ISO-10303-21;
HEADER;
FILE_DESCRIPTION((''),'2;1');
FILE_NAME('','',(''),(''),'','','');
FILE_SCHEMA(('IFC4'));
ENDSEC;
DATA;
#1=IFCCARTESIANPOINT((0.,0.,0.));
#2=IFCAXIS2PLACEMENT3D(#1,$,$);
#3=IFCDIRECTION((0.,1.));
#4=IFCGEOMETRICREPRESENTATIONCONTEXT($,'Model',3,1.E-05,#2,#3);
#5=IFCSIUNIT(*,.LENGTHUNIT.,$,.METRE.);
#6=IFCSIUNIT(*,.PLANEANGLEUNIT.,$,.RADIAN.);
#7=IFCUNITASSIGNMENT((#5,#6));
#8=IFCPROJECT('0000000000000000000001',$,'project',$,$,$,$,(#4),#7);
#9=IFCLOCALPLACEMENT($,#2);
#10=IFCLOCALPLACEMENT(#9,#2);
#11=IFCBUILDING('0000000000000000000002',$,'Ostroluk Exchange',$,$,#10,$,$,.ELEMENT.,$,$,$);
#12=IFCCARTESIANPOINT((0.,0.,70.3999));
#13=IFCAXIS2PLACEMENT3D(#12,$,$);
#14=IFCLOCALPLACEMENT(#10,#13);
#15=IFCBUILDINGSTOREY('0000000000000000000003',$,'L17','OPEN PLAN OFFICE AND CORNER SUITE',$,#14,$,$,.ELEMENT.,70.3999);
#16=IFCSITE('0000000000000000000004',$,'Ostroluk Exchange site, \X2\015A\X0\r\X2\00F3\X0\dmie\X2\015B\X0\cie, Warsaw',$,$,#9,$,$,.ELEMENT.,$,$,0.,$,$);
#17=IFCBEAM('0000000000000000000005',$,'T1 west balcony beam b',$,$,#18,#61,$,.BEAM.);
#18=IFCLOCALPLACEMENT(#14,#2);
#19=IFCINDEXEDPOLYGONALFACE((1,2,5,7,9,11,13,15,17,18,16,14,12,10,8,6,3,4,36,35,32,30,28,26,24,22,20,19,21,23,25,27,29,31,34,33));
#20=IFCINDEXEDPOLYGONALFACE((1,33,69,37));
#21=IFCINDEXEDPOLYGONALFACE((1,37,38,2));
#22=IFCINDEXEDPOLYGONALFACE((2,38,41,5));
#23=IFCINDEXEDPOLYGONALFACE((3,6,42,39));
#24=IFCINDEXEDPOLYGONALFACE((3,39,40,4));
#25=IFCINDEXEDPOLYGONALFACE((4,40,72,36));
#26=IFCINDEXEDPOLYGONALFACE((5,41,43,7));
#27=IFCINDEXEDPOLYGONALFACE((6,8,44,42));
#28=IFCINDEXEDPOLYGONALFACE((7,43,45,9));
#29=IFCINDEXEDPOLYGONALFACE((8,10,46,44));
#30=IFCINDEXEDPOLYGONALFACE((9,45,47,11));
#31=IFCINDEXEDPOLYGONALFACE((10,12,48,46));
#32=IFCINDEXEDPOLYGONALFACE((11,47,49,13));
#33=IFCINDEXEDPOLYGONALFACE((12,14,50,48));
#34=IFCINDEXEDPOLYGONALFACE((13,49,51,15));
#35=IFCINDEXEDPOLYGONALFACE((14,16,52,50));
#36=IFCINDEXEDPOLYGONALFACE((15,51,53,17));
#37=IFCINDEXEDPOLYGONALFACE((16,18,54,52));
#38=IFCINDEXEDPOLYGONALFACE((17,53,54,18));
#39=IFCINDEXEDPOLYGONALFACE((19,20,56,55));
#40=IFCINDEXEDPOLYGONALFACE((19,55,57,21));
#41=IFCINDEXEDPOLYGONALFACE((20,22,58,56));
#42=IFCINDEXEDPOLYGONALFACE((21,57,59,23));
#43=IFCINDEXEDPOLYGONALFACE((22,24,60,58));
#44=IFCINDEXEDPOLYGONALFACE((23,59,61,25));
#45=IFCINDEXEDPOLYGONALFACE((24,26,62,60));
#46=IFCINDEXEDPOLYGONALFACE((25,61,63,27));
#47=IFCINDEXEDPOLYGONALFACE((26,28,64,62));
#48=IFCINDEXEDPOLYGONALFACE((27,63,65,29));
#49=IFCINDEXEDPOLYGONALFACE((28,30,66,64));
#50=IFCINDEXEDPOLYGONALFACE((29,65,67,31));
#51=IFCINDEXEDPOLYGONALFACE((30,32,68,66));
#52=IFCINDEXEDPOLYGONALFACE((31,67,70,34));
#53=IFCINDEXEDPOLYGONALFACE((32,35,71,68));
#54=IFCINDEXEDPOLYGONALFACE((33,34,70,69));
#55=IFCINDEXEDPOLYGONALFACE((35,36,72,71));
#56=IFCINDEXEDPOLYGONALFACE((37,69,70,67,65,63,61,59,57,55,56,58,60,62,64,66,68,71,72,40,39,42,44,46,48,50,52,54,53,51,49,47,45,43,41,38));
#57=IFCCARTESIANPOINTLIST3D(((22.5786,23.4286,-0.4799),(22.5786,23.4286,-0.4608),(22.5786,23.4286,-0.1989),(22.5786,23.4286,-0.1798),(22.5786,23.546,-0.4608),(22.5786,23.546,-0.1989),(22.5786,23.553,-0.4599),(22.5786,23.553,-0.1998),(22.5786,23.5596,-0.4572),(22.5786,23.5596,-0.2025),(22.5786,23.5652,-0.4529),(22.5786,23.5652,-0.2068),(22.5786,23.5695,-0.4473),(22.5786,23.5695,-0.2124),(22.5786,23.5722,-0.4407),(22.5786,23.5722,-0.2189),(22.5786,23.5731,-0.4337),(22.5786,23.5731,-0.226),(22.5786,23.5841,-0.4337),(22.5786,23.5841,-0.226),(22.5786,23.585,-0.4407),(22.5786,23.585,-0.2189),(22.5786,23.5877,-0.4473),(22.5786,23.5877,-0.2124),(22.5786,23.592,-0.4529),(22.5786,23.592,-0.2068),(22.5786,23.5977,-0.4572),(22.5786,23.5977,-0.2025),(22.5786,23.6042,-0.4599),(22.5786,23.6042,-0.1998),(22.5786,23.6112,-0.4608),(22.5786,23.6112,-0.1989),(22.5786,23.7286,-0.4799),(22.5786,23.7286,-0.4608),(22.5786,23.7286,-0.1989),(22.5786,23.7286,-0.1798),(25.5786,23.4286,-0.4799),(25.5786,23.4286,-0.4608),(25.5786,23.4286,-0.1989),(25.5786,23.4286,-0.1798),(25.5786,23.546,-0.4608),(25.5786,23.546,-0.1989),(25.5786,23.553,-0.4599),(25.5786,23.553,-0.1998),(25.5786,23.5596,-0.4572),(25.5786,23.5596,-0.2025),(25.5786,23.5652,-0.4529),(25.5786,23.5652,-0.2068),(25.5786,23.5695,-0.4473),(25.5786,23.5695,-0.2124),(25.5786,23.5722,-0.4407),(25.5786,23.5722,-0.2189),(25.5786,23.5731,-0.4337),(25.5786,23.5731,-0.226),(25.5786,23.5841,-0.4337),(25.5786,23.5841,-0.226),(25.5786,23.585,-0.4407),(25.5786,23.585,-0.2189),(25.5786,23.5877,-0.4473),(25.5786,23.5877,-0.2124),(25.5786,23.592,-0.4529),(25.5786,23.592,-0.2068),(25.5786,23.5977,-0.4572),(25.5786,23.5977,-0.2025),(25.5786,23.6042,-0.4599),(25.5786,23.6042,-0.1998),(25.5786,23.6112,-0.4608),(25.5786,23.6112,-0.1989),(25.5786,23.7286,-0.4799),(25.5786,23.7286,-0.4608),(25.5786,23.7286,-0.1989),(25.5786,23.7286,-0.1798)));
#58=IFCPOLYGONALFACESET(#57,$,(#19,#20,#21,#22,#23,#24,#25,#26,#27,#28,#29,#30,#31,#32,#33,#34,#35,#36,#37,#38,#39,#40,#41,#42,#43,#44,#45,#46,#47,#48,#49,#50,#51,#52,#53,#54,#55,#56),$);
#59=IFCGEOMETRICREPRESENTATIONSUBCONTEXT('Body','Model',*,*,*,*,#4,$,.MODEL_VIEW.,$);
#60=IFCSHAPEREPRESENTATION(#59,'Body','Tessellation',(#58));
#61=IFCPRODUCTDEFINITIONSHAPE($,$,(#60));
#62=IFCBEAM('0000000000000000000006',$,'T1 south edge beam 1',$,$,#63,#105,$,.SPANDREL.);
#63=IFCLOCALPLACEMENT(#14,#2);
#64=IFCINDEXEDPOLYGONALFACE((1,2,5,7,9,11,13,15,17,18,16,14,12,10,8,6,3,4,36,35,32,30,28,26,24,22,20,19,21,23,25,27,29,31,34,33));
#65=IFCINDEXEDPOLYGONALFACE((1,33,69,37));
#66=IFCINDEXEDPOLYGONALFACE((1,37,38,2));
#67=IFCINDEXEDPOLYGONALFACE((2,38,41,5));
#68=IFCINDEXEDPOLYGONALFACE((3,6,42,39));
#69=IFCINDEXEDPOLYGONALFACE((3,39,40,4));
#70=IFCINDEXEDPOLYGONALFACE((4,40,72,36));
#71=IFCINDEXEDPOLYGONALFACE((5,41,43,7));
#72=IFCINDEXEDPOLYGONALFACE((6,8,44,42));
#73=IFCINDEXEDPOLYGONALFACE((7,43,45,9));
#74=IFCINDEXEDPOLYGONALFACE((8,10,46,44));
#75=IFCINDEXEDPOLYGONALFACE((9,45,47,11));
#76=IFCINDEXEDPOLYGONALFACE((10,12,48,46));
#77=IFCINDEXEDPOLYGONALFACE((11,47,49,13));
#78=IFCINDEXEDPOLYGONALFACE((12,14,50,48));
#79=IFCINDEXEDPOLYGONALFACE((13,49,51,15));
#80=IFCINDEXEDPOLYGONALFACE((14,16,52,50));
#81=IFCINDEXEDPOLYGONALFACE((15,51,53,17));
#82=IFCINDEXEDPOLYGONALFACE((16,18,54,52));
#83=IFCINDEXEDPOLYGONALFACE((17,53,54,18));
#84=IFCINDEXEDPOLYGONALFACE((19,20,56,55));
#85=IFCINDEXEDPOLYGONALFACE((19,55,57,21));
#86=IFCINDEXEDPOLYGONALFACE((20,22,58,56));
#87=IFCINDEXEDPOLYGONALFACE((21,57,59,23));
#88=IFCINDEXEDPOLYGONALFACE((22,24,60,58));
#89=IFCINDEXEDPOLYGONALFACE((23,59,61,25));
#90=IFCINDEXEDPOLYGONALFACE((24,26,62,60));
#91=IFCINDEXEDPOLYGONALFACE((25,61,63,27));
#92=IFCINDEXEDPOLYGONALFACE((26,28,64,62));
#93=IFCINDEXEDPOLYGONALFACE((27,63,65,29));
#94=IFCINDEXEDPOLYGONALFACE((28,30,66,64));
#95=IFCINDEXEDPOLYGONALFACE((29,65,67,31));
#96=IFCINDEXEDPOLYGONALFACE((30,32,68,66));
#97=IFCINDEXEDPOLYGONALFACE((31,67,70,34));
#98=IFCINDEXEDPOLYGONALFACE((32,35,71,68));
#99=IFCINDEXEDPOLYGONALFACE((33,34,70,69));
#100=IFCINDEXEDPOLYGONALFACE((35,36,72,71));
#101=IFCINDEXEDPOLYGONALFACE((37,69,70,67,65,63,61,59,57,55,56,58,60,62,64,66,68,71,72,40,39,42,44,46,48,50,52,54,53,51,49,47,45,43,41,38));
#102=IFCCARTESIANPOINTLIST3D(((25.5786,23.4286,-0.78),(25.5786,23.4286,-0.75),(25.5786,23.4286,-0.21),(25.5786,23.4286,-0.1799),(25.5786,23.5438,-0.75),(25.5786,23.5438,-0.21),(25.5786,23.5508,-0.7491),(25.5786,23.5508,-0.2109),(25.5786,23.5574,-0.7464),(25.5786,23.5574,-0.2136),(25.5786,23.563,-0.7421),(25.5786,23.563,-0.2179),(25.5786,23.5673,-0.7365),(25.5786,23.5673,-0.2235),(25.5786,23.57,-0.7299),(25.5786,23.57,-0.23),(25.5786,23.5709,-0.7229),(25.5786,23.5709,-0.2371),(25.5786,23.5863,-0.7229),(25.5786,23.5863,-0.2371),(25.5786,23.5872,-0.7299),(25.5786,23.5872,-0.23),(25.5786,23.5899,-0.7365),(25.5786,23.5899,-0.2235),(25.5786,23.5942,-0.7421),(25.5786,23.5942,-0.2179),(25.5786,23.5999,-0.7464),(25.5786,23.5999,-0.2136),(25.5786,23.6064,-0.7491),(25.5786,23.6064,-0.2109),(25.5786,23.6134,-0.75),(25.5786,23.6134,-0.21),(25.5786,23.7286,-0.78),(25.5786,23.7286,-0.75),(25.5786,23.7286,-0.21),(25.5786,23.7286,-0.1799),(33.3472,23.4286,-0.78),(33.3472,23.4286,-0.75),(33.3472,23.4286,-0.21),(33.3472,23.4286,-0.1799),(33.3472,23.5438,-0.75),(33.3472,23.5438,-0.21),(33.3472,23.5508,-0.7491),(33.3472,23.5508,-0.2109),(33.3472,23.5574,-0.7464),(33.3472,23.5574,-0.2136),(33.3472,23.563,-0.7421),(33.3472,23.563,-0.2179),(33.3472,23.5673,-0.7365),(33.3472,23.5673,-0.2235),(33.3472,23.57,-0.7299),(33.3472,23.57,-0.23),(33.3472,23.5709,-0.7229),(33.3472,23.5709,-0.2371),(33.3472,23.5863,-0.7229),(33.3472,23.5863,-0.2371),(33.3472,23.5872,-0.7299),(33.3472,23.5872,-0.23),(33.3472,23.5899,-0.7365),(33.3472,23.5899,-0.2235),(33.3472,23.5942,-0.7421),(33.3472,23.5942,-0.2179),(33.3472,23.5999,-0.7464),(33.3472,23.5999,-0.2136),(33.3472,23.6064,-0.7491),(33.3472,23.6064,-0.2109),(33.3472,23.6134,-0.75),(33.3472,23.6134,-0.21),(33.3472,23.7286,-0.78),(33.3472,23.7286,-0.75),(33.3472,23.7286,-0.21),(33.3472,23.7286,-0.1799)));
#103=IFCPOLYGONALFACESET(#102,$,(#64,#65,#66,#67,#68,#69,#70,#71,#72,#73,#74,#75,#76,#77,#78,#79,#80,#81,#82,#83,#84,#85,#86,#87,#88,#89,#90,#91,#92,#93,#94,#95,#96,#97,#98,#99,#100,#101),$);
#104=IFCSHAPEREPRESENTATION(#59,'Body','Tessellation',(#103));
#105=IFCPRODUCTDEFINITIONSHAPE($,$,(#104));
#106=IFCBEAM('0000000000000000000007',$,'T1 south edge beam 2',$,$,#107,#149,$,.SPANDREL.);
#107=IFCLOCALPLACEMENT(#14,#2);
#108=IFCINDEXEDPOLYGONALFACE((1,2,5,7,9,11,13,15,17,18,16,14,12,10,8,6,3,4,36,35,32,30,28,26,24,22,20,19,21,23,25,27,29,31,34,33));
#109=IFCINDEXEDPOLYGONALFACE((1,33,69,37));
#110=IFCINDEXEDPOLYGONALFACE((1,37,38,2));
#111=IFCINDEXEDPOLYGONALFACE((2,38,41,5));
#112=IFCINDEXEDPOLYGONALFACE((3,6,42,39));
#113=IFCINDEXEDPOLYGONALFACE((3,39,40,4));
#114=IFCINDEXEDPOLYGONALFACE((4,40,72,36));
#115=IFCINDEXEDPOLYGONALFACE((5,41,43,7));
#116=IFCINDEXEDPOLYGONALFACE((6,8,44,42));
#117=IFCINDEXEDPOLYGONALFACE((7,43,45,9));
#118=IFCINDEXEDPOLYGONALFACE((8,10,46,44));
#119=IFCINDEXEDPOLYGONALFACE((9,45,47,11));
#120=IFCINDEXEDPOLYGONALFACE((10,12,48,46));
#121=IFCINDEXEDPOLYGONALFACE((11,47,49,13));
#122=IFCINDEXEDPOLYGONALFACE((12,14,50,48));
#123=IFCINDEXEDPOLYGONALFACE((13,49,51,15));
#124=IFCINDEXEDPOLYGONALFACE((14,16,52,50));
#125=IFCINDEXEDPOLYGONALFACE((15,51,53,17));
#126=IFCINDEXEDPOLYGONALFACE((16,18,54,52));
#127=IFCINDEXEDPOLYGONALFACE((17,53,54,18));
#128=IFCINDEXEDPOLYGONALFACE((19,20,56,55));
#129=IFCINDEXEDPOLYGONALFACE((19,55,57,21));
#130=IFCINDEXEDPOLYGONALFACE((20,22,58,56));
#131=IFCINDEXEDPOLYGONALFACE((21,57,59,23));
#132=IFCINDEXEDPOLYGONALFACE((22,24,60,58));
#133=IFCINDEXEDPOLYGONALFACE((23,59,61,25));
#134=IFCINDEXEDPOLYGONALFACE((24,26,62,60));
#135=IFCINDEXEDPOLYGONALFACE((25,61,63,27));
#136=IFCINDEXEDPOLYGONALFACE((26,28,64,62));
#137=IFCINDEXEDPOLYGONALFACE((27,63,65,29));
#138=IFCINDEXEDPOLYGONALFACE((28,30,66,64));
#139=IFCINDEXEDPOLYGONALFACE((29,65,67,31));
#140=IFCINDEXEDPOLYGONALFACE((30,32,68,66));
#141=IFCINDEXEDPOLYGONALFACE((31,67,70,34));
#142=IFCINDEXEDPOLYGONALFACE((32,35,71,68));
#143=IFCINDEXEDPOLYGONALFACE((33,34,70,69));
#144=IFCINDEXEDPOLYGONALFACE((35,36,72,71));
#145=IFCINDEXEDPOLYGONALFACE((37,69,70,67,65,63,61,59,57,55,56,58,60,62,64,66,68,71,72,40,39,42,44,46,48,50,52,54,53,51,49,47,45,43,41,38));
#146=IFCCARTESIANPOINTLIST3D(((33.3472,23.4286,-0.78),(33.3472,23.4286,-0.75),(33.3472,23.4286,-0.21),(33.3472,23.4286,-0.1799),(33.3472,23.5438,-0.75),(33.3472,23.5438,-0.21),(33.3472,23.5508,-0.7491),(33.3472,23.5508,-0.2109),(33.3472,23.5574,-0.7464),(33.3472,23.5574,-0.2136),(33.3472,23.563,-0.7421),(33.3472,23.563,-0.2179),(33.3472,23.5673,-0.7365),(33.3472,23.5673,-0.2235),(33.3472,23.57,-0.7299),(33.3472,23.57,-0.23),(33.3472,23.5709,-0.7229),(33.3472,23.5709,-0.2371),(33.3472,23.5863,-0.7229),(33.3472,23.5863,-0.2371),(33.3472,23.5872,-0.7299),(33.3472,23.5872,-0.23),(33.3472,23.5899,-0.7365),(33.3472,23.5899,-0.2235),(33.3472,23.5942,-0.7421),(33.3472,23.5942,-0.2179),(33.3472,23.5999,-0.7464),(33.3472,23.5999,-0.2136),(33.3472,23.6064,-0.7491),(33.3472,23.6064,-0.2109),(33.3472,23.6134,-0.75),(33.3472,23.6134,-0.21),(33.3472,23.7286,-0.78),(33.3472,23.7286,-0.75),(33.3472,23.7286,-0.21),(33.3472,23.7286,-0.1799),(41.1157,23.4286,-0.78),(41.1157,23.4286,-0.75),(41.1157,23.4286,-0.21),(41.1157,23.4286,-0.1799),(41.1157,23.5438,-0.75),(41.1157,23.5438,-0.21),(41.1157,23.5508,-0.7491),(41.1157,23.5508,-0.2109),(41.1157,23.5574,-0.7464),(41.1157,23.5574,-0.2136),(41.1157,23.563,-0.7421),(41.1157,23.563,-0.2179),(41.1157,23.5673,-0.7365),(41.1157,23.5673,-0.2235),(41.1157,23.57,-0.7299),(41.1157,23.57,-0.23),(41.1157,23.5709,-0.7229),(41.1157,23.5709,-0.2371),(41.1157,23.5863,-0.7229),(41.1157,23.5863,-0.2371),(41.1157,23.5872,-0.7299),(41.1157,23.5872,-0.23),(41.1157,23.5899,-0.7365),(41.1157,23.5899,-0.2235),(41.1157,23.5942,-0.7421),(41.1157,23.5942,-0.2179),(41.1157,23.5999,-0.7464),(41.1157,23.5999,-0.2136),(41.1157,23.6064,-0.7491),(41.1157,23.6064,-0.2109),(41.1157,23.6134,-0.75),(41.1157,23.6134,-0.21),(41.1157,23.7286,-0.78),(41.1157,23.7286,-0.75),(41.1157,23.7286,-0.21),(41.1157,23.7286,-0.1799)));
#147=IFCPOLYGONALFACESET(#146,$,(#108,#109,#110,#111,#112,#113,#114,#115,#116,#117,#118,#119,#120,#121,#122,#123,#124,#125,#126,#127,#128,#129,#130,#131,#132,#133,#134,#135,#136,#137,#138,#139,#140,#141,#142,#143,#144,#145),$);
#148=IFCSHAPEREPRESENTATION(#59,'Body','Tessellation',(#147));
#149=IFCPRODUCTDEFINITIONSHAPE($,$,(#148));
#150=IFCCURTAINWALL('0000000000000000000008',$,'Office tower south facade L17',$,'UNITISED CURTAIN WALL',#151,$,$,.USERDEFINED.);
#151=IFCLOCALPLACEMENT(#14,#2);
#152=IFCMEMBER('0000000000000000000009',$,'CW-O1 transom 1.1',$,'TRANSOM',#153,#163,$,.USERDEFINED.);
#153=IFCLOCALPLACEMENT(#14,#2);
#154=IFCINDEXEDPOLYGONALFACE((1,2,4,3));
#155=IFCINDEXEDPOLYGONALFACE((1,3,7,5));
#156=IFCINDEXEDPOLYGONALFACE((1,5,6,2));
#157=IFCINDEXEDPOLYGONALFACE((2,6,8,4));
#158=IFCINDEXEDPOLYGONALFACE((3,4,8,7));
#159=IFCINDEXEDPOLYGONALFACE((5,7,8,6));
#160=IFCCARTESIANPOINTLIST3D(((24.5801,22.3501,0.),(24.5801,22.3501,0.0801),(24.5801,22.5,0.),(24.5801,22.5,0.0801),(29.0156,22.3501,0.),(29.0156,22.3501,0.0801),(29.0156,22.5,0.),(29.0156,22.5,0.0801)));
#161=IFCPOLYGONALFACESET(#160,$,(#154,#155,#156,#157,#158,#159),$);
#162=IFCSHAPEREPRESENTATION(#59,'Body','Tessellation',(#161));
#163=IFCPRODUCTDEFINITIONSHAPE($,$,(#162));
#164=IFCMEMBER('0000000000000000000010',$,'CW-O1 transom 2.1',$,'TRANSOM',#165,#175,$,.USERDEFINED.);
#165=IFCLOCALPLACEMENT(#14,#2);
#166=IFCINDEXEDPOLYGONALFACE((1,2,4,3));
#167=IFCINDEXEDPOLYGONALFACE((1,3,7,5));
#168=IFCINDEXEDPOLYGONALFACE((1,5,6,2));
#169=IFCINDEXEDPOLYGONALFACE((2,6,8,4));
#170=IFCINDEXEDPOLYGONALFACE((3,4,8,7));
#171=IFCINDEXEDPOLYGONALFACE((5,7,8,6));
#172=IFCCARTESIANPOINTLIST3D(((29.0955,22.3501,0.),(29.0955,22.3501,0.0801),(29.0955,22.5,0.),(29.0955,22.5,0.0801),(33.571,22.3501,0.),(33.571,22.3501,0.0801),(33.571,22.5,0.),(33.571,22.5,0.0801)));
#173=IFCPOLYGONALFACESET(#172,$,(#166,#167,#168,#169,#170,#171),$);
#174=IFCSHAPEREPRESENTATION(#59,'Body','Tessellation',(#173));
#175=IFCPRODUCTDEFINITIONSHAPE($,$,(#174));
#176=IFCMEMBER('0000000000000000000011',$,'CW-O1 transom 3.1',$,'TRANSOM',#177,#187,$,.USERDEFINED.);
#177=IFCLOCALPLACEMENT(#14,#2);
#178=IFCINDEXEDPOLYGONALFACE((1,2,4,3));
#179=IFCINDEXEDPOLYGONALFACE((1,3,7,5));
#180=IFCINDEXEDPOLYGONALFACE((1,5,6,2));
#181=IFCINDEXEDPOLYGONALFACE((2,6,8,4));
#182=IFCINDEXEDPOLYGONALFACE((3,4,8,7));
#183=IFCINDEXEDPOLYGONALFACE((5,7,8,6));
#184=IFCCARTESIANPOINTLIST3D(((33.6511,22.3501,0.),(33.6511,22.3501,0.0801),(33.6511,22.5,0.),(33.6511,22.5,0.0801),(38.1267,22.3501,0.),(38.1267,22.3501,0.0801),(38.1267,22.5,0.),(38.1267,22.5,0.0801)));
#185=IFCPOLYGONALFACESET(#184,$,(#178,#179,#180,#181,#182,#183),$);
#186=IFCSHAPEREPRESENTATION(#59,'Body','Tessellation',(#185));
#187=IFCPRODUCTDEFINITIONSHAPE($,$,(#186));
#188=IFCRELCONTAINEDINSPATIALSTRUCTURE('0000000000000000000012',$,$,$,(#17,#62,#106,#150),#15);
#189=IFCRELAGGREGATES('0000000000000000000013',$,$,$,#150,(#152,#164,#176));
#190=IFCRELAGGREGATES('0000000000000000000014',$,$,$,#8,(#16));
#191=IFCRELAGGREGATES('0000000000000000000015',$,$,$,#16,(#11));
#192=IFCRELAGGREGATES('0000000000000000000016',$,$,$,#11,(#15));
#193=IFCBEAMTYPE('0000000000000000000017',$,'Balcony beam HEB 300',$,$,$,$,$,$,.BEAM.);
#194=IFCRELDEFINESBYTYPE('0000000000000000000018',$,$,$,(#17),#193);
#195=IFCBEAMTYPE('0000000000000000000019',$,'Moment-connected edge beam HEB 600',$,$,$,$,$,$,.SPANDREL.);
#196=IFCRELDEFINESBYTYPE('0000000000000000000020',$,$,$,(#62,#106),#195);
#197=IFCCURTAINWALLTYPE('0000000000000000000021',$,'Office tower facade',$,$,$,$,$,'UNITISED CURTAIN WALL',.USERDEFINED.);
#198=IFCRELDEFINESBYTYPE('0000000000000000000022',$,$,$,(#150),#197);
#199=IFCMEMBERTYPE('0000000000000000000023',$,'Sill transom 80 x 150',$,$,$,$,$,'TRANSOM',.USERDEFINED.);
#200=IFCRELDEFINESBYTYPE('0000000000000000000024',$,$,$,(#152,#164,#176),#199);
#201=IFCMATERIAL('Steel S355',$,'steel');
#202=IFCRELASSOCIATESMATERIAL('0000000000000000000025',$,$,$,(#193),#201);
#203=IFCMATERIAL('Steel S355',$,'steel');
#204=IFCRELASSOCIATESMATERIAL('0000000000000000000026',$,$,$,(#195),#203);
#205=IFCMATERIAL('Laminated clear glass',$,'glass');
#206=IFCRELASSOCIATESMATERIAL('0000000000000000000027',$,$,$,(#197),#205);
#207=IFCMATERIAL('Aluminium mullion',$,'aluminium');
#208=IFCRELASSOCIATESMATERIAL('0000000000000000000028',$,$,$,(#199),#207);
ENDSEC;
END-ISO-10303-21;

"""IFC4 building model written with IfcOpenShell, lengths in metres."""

from ifc_helpers import new_model, si_unit, direction, frame, origin, origin_2d, place, context, subcontext, project, spatial, rectangle, i_section, extrude, material, material_profile, profile_set, type_object, element, aggregate, save


model = new_model("IFC4")

# Units and contexts
model_context = context("Model", 3, precision=1e-05, world=origin(), true_north=direction((0.0, 1.0)))
body_context = subcontext(model_context, "Body", "Model", "MODEL_VIEW")
ifc_project = project(units=[si_unit("LENGTHUNIT", "METRE"), si_unit("PLANEANGLEUNIT", "RADIAN")], contexts=[model_context])

# Site, building, storey
site_placement = place(None, origin())
site = spatial("IfcSite", under=ifc_project, at=site_placement, Name="Ostroluk Exchange site, Śródmieście, Warsaw", CompositionType="ELEMENT", RefElevation=0.0)
building_placement = place(site_placement, origin())
building = spatial("IfcBuilding", under=site, at=building_placement, Name="Ostroluk Exchange", CompositionType="ELEMENT")
storey_placement = place(building_placement, frame((0.0, 0.0, 70.3999)))
storey = spatial("IfcBuildingStorey", under=building, at=storey_placement, Name="L17", Description="OPEN PLAN OFFICE AND CORNER SUITE", CompositionType="ELEMENT", Elevation=70.3999)

# Beams
ifc_material_1 = material(Name="Steel S355", Category="steel")
ifc_material_profile_1 = material_profile(ifc_material_1, i_section(OverallWidth=0.3, OverallDepth=0.3, WebThickness=0.011, FlangeThickness=0.019, FilletRadius=0.0271, at=origin_2d()), Name="HEB 300")
ifc_profile_set_1 = profile_set([ifc_material_profile_1], Name="Steel S355")
beam_type_1 = type_object("IfcBeamType", Name="Balcony beam HEB 300", PredefinedType="BEAM", material=ifc_profile_set_1)
beam_placement = place(storey_placement, frame((25.5786, 23.5786, -0.3298), z_axis=(-1.0, 0.0, 0.0), x_axis=(0.0, -1.0, 0.0)))
element("IfcBeam", 1, at=beam_placement, inside=storey, type_object=beam_type_1, Name="T1 west balcony beam b", PredefinedType="BEAM", context=body_context, shape_type="SweptSolid", body=[
    extrude(i_section(OverallWidth=0.3, OverallDepth=0.3, WebThickness=0.011, FlangeThickness=0.019, FilletRadius=0.0271, at=origin_2d()), origin(), (0.0, 0.0, 1.0), 3.0),
])
ifc_material_2 = material(Name="Steel S355", Category="steel")
ifc_material_profile_2 = material_profile(ifc_material_2, i_section(OverallWidth=0.3, OverallDepth=0.6001, WebThickness=0.0154, FlangeThickness=0.03, FilletRadius=0.0271, at=origin_2d()), Name="HEB 600")
ifc_profile_set_2 = profile_set([ifc_material_profile_2], Name="Steel S355")
beam_type_2 = type_object("IfcBeamType", Name="Moment-connected edge beam HEB 600", PredefinedType="SPANDREL", material=ifc_profile_set_2)
for number, where, z_axis, x_axis, name in (
    (2, (25.5786, 23.5786, -0.48), (1.0, 0.0, 0.0), (0.0, 1.0, 0.0), "T1 south edge beam 1"),
    (3, (33.3472, 23.5786, -0.48), (1.0, 0.0, 0.0), (0.0, 1.0, 0.0), "T1 south edge beam 2"),
):
    element("IfcBeam", number, at=place(storey_placement, frame(where, z_axis=z_axis, x_axis=x_axis)), inside=storey, type_object=beam_type_2, Name=name, PredefinedType="SPANDREL", context=body_context, shape_type="SweptSolid", body=[
        extrude(i_section(OverallWidth=0.3, OverallDepth=0.6001, WebThickness=0.0154, FlangeThickness=0.03, FilletRadius=0.0271, at=origin_2d()), origin(), (0.0, 0.0, 1.0), 7.7686),
    ])

# Curtain wall, members
ifc_material_3 = material(Name="Laminated clear glass", Category="glass")
curtain_wall_type = type_object("IfcCurtainWallType", Name="Office tower facade", ElementType="UNITISED CURTAIN WALL", PredefinedType="USERDEFINED", material=ifc_material_3)
curtain_wall_placement = place(storey_placement, origin())
curtain_wall = element("IfcCurtainWall", 4, at=curtain_wall_placement, inside=storey, type_object=curtain_wall_type, Name="Office tower south facade L17", ObjectType="UNITISED CURTAIN WALL", PredefinedType="USERDEFINED")
ifc_material_4 = material(Name="Aluminium mullion", Category="aluminium")
ifc_material_profile_3 = material_profile(ifc_material_4, rectangle(XDim=0.1499, YDim=0.0801, at=origin_2d()), Name="Sill transom 80 x 150")
ifc_profile_set_3 = profile_set([ifc_material_profile_3], Name="Aluminium mullion")
member_type_1 = type_object("IfcMemberType", Name="Sill transom 80 x 150", ElementType="TRANSOM", PredefinedType="USERDEFINED", material=ifc_profile_set_3)
member_1_placement = place(storey_placement, frame((24.5801, 22.425, 0.04), z_axis=(1.0, 0.0, 0.0), x_axis=(0.0, 1.0, 0.0)))
member_1 = element("IfcMember", 5, at=member_1_placement, type_object=member_type_1, Name="CW-O1 transom 1.1", ObjectType="TRANSOM", PredefinedType="USERDEFINED", context=body_context, shape_type="SweptSolid", body=[
    extrude(rectangle(XDim=0.1499, YDim=0.0801, at=origin_2d()), origin(), (0.0, 0.0, 1.0), 4.4355),
])
member_2_placement = place(storey_placement, frame((29.0955, 22.425, 0.04), z_axis=(1.0, 0.0, 0.0), x_axis=(0.0, 1.0, 0.0)))
member_2 = element("IfcMember", 6, at=member_2_placement, type_object=member_type_1, Name="CW-O1 transom 2.1", ObjectType="TRANSOM", PredefinedType="USERDEFINED", context=body_context, shape_type="SweptSolid", body=[
    extrude(rectangle(XDim=0.1499, YDim=0.0801, at=origin_2d()), origin(), (0.0, 0.0, 1.0), 4.4756),
])
member_3_placement = place(storey_placement, frame((33.6511, 22.425, 0.04), z_axis=(1.0, 0.0, 0.0), x_axis=(0.0, 1.0, 0.0)))
member_3 = element("IfcMember", 7, at=member_3_placement, type_object=member_type_1, Name="CW-O1 transom 3.1", ObjectType="TRANSOM", PredefinedType="USERDEFINED", context=body_context, shape_type="SweptSolid", body=[
    extrude(rectangle(XDim=0.1499, YDim=0.0801, at=origin_2d()), origin(), (0.0, 0.0, 1.0), 4.4756),
])
aggregate(curtain_wall, [member_1, member_2, member_3])

save(model, "model.ifc")
